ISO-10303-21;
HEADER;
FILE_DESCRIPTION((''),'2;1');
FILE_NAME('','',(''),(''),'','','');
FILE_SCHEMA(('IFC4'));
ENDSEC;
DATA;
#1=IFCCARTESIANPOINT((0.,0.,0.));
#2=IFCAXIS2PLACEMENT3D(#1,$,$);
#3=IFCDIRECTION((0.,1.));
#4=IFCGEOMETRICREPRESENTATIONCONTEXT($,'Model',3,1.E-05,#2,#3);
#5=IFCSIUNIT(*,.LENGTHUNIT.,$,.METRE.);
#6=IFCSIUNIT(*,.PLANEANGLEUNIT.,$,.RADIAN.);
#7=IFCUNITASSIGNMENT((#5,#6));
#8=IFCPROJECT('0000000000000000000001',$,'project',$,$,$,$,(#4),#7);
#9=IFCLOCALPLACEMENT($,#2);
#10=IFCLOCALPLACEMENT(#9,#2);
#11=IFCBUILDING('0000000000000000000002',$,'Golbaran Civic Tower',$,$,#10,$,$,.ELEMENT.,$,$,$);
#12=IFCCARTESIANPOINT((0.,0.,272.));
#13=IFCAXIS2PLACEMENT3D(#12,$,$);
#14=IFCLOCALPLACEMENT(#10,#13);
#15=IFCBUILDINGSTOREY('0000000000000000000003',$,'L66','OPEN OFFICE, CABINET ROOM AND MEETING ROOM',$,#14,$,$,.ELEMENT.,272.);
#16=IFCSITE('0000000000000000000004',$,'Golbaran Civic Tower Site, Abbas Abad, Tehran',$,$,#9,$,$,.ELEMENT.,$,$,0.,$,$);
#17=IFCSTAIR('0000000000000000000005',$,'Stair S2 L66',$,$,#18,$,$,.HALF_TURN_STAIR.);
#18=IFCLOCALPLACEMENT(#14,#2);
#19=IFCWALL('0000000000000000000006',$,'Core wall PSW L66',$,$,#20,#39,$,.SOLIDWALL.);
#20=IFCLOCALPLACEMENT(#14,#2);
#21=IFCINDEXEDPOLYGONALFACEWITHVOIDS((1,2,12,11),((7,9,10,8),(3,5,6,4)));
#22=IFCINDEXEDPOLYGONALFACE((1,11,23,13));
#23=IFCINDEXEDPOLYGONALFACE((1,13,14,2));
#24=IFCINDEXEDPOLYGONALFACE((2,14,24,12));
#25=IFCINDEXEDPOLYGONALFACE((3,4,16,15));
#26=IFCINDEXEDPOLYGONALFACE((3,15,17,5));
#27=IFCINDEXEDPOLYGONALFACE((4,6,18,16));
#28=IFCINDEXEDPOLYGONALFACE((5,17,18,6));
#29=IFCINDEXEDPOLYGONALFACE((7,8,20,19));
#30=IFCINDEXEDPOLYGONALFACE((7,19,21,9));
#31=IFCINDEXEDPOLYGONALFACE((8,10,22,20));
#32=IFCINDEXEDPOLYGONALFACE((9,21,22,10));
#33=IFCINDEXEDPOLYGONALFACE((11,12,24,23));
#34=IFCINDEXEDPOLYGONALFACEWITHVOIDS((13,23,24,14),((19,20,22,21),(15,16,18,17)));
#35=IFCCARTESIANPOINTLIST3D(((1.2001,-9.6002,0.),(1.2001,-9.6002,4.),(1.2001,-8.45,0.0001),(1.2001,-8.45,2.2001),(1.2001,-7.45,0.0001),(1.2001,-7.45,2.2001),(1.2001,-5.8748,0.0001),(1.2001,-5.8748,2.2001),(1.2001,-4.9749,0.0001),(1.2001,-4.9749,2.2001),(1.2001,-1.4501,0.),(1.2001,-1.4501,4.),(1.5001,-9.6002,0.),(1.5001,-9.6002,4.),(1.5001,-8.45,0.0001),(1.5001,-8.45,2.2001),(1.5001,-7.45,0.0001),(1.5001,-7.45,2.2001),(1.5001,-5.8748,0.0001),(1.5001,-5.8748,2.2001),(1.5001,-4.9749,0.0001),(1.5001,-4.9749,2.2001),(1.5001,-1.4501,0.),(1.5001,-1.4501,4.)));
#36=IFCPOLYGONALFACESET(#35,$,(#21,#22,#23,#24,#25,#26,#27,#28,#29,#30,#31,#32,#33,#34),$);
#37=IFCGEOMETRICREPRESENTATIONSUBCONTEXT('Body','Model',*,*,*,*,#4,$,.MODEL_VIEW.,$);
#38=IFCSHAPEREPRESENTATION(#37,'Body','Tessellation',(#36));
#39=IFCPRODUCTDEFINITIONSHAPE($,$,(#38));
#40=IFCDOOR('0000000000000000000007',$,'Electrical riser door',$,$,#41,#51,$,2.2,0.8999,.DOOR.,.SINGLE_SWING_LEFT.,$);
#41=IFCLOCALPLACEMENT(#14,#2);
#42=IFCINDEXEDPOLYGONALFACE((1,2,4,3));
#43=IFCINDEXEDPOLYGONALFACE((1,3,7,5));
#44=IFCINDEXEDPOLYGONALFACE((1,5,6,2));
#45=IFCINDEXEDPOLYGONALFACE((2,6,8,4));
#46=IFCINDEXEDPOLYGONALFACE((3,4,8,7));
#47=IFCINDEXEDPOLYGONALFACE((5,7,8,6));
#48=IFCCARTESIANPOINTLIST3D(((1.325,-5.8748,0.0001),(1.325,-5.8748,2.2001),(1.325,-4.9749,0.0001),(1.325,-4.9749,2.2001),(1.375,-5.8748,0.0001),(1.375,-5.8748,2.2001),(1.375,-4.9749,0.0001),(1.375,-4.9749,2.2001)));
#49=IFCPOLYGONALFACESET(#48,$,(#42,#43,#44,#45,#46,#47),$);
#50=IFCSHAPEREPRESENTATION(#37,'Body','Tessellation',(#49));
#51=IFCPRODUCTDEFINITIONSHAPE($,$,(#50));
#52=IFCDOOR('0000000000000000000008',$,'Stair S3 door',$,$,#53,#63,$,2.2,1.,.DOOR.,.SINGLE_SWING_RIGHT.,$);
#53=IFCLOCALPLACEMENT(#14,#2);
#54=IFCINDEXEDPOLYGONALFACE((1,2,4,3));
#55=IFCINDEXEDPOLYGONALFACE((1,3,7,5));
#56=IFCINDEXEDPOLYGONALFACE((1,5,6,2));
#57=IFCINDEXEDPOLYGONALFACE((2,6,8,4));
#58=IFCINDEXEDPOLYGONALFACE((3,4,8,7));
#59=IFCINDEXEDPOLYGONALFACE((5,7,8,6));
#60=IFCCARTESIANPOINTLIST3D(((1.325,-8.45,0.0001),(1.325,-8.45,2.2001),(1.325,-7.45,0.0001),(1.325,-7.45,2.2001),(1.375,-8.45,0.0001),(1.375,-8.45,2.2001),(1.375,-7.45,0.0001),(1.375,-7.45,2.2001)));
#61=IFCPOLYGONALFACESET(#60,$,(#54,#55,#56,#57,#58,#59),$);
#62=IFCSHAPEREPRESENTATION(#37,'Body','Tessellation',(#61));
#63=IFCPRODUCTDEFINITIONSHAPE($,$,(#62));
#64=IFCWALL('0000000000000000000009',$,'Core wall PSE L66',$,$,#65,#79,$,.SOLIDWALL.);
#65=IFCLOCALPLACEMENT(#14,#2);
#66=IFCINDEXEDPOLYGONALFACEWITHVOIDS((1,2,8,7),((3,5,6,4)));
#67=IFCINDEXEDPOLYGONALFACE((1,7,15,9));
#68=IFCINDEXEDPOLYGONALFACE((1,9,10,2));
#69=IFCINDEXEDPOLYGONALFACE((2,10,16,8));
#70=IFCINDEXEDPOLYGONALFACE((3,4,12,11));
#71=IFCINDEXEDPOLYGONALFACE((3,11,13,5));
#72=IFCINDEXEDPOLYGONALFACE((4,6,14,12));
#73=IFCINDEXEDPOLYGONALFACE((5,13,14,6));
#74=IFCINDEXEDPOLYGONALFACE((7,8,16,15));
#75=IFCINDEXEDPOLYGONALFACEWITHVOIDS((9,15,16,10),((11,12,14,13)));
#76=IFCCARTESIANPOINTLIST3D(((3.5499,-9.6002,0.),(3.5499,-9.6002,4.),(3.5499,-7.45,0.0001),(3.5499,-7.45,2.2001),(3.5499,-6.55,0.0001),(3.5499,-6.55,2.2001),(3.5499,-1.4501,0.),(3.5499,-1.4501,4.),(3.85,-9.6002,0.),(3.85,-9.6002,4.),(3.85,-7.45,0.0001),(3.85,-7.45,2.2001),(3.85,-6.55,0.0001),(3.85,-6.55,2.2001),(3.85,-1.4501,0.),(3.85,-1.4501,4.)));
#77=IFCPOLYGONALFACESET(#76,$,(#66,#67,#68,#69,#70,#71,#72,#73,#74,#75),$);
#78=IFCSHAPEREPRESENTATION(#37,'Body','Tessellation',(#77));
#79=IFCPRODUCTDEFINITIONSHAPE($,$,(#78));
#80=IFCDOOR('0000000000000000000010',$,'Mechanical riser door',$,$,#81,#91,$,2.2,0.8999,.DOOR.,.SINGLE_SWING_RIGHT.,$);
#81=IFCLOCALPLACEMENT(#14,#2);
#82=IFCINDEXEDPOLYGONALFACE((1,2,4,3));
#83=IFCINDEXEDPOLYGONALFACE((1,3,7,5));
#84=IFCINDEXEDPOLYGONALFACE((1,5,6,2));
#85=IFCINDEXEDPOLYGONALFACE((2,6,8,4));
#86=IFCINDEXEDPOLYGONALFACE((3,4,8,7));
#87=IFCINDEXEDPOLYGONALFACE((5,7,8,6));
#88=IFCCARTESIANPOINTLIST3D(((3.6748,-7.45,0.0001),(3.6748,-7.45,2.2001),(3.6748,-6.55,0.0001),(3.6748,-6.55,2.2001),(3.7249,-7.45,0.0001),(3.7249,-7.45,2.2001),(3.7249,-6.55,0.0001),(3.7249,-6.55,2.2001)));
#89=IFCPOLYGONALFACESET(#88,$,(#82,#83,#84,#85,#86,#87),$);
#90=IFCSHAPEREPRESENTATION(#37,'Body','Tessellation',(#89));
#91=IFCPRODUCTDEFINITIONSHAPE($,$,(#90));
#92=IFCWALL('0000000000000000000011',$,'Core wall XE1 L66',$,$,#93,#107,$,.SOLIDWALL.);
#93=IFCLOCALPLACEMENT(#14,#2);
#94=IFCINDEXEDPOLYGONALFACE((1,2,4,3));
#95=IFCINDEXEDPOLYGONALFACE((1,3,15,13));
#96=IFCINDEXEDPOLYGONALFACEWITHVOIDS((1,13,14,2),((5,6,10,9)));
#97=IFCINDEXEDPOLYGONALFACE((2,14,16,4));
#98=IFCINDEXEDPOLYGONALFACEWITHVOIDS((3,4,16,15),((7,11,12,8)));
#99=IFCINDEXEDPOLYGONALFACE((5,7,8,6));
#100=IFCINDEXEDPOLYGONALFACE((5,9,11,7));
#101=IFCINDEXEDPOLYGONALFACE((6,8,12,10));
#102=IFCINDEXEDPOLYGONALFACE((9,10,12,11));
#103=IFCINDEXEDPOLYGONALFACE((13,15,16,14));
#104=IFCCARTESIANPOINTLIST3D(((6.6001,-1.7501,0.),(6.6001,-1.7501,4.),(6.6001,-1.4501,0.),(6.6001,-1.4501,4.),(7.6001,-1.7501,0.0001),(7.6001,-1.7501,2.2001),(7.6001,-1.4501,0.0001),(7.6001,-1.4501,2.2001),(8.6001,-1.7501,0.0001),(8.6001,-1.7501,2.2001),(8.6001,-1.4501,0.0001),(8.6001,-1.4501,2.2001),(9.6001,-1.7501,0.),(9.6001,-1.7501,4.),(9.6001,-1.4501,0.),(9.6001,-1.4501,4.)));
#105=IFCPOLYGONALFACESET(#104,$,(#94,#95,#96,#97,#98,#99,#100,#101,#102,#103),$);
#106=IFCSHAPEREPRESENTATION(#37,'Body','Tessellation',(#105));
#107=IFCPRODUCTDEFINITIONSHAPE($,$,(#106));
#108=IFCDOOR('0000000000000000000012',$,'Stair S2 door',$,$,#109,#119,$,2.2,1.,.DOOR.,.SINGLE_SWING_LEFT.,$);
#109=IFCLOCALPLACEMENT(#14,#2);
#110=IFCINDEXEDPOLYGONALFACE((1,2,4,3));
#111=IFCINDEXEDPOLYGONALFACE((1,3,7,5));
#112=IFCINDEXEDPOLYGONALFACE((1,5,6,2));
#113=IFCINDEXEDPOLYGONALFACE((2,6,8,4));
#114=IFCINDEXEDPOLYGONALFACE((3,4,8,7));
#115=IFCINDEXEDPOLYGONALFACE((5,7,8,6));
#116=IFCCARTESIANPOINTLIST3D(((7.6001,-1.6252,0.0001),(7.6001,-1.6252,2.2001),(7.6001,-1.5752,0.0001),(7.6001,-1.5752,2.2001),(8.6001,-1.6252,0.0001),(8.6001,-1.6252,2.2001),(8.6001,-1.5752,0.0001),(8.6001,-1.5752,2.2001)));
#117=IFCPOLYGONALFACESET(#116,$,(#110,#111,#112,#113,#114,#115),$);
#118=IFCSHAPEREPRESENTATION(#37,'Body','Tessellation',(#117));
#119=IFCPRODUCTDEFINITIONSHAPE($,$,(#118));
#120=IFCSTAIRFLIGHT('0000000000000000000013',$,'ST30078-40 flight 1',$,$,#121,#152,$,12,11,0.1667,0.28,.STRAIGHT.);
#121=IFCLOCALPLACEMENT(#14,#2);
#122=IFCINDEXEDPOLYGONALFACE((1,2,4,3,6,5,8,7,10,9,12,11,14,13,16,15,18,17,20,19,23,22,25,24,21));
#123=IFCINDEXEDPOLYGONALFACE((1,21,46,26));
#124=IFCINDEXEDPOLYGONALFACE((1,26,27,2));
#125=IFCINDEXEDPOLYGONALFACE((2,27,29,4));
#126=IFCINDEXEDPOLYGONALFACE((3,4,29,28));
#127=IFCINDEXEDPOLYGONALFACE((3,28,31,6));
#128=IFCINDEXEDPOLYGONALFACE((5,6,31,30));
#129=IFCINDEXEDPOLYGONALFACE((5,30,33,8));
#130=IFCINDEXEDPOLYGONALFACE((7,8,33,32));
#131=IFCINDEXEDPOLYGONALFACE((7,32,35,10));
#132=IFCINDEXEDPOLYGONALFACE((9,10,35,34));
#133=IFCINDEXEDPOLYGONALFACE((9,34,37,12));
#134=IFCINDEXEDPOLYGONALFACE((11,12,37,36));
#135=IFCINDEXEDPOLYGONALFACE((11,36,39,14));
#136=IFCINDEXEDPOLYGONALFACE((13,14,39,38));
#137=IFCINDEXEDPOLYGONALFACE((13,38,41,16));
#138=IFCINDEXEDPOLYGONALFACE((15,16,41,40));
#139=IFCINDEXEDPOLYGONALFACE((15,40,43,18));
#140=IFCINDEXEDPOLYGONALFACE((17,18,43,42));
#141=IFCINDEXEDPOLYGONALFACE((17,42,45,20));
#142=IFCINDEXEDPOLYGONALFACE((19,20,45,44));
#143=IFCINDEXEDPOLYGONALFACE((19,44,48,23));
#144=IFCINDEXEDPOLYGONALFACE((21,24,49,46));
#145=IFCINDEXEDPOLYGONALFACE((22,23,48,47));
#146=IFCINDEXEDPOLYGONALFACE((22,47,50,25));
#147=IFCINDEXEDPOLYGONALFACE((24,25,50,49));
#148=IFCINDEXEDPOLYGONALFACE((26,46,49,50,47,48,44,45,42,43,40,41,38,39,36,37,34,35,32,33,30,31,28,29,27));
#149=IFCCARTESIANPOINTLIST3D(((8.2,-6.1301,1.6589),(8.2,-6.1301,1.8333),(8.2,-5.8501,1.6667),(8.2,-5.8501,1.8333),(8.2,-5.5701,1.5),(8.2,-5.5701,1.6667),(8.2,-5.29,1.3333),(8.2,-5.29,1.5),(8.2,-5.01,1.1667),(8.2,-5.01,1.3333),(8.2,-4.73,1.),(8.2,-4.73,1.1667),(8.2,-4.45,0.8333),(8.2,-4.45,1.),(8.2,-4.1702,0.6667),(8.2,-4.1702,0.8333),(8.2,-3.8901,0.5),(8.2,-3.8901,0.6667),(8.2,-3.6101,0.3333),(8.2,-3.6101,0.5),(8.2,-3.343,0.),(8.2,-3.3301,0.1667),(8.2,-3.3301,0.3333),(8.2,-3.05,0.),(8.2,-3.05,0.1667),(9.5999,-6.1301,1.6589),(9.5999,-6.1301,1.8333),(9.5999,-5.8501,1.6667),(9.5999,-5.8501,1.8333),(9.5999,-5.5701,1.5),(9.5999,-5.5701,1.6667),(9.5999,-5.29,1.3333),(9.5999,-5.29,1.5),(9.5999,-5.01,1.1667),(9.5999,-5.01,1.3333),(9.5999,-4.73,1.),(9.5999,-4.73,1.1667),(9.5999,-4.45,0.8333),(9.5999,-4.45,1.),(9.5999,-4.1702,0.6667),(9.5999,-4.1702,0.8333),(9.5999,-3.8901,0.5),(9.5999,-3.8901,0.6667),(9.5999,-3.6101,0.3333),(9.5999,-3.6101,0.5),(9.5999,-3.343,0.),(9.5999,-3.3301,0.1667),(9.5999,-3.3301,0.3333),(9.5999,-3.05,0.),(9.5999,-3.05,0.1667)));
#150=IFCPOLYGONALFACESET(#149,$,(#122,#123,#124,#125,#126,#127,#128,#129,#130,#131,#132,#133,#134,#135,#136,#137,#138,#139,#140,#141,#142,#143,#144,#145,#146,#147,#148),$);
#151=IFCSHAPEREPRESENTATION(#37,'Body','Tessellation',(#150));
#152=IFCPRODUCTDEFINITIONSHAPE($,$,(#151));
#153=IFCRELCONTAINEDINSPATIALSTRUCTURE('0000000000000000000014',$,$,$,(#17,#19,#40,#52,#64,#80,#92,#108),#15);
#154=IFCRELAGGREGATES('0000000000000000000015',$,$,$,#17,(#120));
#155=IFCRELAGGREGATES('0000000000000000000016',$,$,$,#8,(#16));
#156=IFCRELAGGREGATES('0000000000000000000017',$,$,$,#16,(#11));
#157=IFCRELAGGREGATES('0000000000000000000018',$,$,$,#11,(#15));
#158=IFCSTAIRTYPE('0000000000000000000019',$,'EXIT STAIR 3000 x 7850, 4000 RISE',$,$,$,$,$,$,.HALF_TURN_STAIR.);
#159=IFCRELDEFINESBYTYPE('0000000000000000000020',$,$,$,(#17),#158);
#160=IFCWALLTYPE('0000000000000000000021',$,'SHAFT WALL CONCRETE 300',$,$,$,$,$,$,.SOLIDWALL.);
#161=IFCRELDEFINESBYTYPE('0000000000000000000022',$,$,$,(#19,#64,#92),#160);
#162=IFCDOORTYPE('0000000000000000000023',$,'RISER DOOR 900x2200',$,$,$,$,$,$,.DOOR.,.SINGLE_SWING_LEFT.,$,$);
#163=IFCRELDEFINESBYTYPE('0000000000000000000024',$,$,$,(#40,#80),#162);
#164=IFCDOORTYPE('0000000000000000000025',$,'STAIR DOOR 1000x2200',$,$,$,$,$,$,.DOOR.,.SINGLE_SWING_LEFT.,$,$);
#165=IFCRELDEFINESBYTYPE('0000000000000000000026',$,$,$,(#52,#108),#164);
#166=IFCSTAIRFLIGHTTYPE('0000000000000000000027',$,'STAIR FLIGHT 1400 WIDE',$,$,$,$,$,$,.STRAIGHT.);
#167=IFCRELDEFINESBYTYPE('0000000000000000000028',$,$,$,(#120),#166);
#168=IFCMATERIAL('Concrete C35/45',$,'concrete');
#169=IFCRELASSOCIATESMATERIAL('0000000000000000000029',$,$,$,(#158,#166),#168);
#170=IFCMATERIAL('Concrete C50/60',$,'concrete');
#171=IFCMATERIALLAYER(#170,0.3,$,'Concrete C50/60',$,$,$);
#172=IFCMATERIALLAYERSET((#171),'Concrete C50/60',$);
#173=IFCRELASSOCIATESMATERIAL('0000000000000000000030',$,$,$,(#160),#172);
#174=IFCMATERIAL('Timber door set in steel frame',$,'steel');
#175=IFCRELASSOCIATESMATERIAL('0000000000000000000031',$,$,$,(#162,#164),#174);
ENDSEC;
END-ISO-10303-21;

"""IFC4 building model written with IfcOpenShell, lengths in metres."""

from ifc_helpers import new_model, si_unit, direction, frame, frame_2d, origin, place, context, subcontext, project, spatial, polyline, rectangle, outline, extrude, material, layer, layer_set, type_object, element, fill, aggregate, save


model = new_model("IFC4")

# Units and contexts
model_context = context("Model", 3, precision=1e-05, world=origin(), true_north=direction((0.0, 1.0)))
body_context = subcontext(model_context, "Body", "Model", "MODEL_VIEW")
ifc_project = project(units=[si_unit("LENGTHUNIT", "METRE"), si_unit("PLANEANGLEUNIT", "RADIAN")], contexts=[model_context])

# Site, building, storey
site_placement = place(None, origin())
site = spatial("IfcSite", under=ifc_project, at=site_placement, Name="Golbaran Civic Tower Site, Abbas Abad, Tehran", CompositionType="ELEMENT", RefElevation=0.0)
building_placement = place(site_placement, origin())
building = spatial("IfcBuilding", under=site, at=building_placement, Name="Golbaran Civic Tower", CompositionType="ELEMENT")
storey_placement = place(building_placement, frame((0.0, 0.0, 272.0)))
storey = spatial("IfcBuildingStorey", under=building, at=storey_placement, Name="L66", Description="OPEN OFFICE, CABINET ROOM AND MEETING ROOM", CompositionType="ELEMENT", Elevation=272.0)

# Stair
ifc_material_1 = material(Name="Concrete C35/45", Category="concrete")
stair_type = type_object("IfcStairType", Name="EXIT STAIR 3000 x 7850, 4000 RISE", PredefinedType="HALF_TURN_STAIR", material=ifc_material_1)
stair_placement = place(storey_placement, origin())
stair = element("IfcStair", 1, at=stair_placement, inside=storey, type_object=stair_type, Name="Stair S2 L66", PredefinedType="HALF_TURN_STAIR")

# Shared definitions
ifc_material_2 = material(Name="Concrete C50/60", Category="concrete")
ifc_material_3 = material(Name="Timber door set in steel frame", Category="steel")

# Shared definitions
ifc_layer_1 = layer(ifc_material_2, 0.3, Name="Concrete C50/60")
ifc_layer_set_1 = layer_set([ifc_layer_1], Name="Concrete C50/60")
wall_type_1 = type_object("IfcWallType", Name="SHAFT WALL CONCRETE 300", PredefinedType="SOLIDWALL", material=ifc_layer_set_1)

# Wall, openings, doors
wall_1_placement = place(storey_placement, frame((1.3501, -1.45, 0.0), z_axis=(0.0, 0.0, 1.0), x_axis=(0.0, -1.0, 0.0)))
wall_1 = element("IfcWall", 2, at=wall_1_placement, inside=storey, type_object=wall_type_1, Name="Core wall PSW L66", PredefinedType="SOLIDWALL", context=body_context, shape_type="SweptSolid", body=[
    extrude(rectangle(XDim=8.1501, YDim=0.3, at=frame_2d((4.0752, 0.0))), origin(), (0.0, 0.0, 1.0), 4.0),
])
opening_1_placement = place(wall_1_placement, frame((6.0, 0.0, 0.0)))
opening_1 = element("IfcOpeningElement", 3, at=opening_1_placement, cuts=wall_1, PredefinedType="OPENING", context=body_context, shape_type="SweptSolid", body=[
    extrude(rectangle(XDim=1.0, YDim=2.2, at=frame_2d((0.5, 1.1001))), frame((0.0, 0.1599, 0.0), z_axis=(0.0, -1.0, 0.0), x_axis=(1.0, 0.0, 0.0)), (0.0, 0.0, 1.0), 0.3201),
])
opening_2_placement = place(wall_1_placement, frame((3.5249, 0.0, 0.0)))
opening_2 = element("IfcOpeningElement", 4, at=opening_2_placement, cuts=wall_1, PredefinedType="OPENING", context=body_context, shape_type="SweptSolid", body=[
    extrude(rectangle(XDim=0.8999, YDim=2.2, at=frame_2d((0.45, 1.1001))), frame((0.0, 0.1599, 0.0), z_axis=(0.0, -1.0, 0.0), x_axis=(1.0, 0.0, 0.0)), (0.0, 0.0, 1.0), 0.3201),
])
door_type_1 = type_object("IfcDoorType", Name="RISER DOOR 900x2200", OperationType="SINGLE_SWING_LEFT", PredefinedType="DOOR", material=ifc_material_3)
door_1_placement = place(opening_2_placement, origin())
door_1 = element("IfcDoor", 5, at=door_1_placement, inside=storey, type_object=door_type_1, Name="Electrical riser door", OperationType="SINGLE_SWING_LEFT", OverallHeight=2.2, OverallWidth=0.8999, PredefinedType="DOOR", context=body_context, shape_type="SweptSolid", body=[
    extrude(rectangle(XDim=0.8999, YDim=2.2, at=frame_2d((0.45, 1.1001))), frame((0.0, 0.0249, 0.0), z_axis=(0.0, -1.0, 0.0), x_axis=(1.0, 0.0, 0.0)), (0.0, 0.0, 1.0), 0.05),
])
fill(opening_2, door_1)
door_type_2 = type_object("IfcDoorType", Name="STAIR DOOR 1000x2200", OperationType="SINGLE_SWING_LEFT", PredefinedType="DOOR", material=ifc_material_3)
door_2_placement = place(opening_1_placement, origin())
door_2 = element("IfcDoor", 6, at=door_2_placement, inside=storey, type_object=door_type_2, Name="Stair S3 door", OperationType="SINGLE_SWING_RIGHT", OverallHeight=2.2, OverallWidth=1.0, PredefinedType="DOOR", context=body_context, shape_type="SweptSolid", body=[
    extrude(rectangle(XDim=1.0, YDim=2.2, at=frame_2d((0.5, 1.1001))), frame((0.0, 0.0249, 0.0), z_axis=(0.0, -1.0, 0.0), x_axis=(1.0, 0.0, 0.0)), (0.0, 0.0, 1.0), 0.05),
])
fill(opening_1, door_2)

# Walls, openings, doors
wall_2_placement = place(storey_placement, frame((3.7, -1.45, 0.0), z_axis=(0.0, 0.0, 1.0), x_axis=(0.0, -1.0, 0.0)))
wall_2 = element("IfcWall", 7, at=wall_2_placement, inside=storey, type_object=wall_type_1, Name="Core wall PSE L66", PredefinedType="SOLIDWALL", context=body_context, shape_type="SweptSolid", body=[
    extrude(rectangle(XDim=8.1501, YDim=0.3, at=frame_2d((4.0752, 0.0))), origin(), (0.0, 0.0, 1.0), 4.0),
])
opening_3_placement = place(wall_2_placement, frame((5.1001, 0.0, 0.0)))
opening_3 = element("IfcOpeningElement", 8, at=opening_3_placement, cuts=wall_2, PredefinedType="OPENING", context=body_context, shape_type="SweptSolid", body=[
    extrude(rectangle(XDim=0.8999, YDim=2.2, at=frame_2d((0.45, 1.1001))), frame((0.0, 0.1599, 0.0), z_axis=(0.0, -1.0, 0.0), x_axis=(1.0, 0.0, 0.0)), (0.0, 0.0, 1.0), 0.3201),
])
door_3_placement = place(opening_3_placement, origin())
door_3 = element("IfcDoor", 9, at=door_3_placement, inside=storey, type_object=door_type_1, Name="Mechanical riser door", OperationType="SINGLE_SWING_RIGHT", OverallHeight=2.2, OverallWidth=0.8999, PredefinedType="DOOR", context=body_context, shape_type="SweptSolid", body=[
    extrude(rectangle(XDim=0.8999, YDim=2.2, at=frame_2d((0.45, 1.1001))), frame((0.0, 0.0249, 0.0), z_axis=(0.0, -1.0, 0.0), x_axis=(1.0, 0.0, 0.0)), (0.0, 0.0, 1.0), 0.05),
])
fill(opening_3, door_3)
wall_3_placement = place(storey_placement, frame((6.6001, -1.6001, 0.0), z_axis=(0.0, 0.0, 1.0), x_axis=(1.0, 0.0, 0.0)))
wall_3 = element("IfcWall", 10, at=wall_3_placement, inside=storey, type_object=wall_type_1, Name="Core wall XE1 L66", PredefinedType="SOLIDWALL", context=body_context, shape_type="SweptSolid", body=[
    extrude(rectangle(XDim=3.0, YDim=0.3, at=frame_2d((1.5, 0.0))), origin(), (0.0, 0.0, 1.0), 4.0),
])
opening_4_placement = place(wall_3_placement, frame((1.0, 0.0, 0.0)))
opening_4 = element("IfcOpeningElement", 11, at=opening_4_placement, cuts=wall_3, PredefinedType="OPENING", context=body_context, shape_type="SweptSolid", body=[
    extrude(rectangle(XDim=1.0, YDim=2.2, at=frame_2d((0.5, 1.1001))), frame((0.0, 0.1599, 0.0), z_axis=(0.0, -1.0, 0.0), x_axis=(1.0, 0.0, 0.0)), (0.0, 0.0, 1.0), 0.3201),
])
door_4_placement = place(opening_4_placement, origin())
door_4 = element("IfcDoor", 12, at=door_4_placement, inside=storey, type_object=door_type_2, Name="Stair S2 door", OperationType="SINGLE_SWING_LEFT", OverallHeight=2.2, OverallWidth=1.0, PredefinedType="DOOR", context=body_context, shape_type="SweptSolid", body=[
    extrude(rectangle(XDim=1.0, YDim=2.2, at=frame_2d((0.5, 1.1001))), frame((0.0, 0.0249, 0.0), z_axis=(0.0, -1.0, 0.0), x_axis=(1.0, 0.0, 0.0)), (0.0, 0.0, 1.0), 0.05),
])
fill(opening_4, door_4)

# Stair flight
stair_flight_type = type_object("IfcStairFlightType", Name="STAIR FLIGHT 1400 WIDE", PredefinedType="STRAIGHT", material=ifc_material_1)
stair_flight_1_placement = place(storey_placement, frame((8.8999, -3.05, 0.0), z_axis=(0.0, 0.0, 1.0), x_axis=(0.0, -1.0, 0.0)))
stair_flight_1 = element("IfcStairFlight", 13, at=stair_flight_1_placement, type_object=stair_flight_type, Name="ST30078-40 flight 1", NumberOfRisers=12, NumberOfTreads=11, PredefinedType="STRAIGHT", RiserHeight=0.1667, TreadLength=0.28, context=body_context, shape_type="SweptSolid", body=[
    extrude(outline(polyline([(0.0, 0.0), (0.0, 0.1667), (0.28, 0.1667), (0.28, 0.3333), (0.5601, 0.3333), (0.5601, 0.5), (0.8401, 0.5), (0.8401, 0.6667), (1.1201, 0.6667), (1.1201, 0.8333), (1.3999, 0.8333), (1.3999, 1.0), (1.6799, 1.0), (1.6799, 1.1667), (1.96, 1.1667), (1.96, 1.3333), (2.24, 1.3333), (2.24, 1.5), (2.52, 1.5), (2.52, 1.6667), (2.8, 1.6667), (2.8, 1.8333), (3.0801, 1.8333), (3.0801, 2.0), (3.0801, 1.6589), (0.293, 0.0), (0.0, 0.0)])), frame((0.0, 0.7, 0.0), z_axis=(0.0, -1.0, 0.0), x_axis=(1.0, 0.0, 0.0)), (0.0, 0.0, 1.0), 1.3999),
])
aggregate(stair, [stair_flight_1])

save(model, "model.ifc")
